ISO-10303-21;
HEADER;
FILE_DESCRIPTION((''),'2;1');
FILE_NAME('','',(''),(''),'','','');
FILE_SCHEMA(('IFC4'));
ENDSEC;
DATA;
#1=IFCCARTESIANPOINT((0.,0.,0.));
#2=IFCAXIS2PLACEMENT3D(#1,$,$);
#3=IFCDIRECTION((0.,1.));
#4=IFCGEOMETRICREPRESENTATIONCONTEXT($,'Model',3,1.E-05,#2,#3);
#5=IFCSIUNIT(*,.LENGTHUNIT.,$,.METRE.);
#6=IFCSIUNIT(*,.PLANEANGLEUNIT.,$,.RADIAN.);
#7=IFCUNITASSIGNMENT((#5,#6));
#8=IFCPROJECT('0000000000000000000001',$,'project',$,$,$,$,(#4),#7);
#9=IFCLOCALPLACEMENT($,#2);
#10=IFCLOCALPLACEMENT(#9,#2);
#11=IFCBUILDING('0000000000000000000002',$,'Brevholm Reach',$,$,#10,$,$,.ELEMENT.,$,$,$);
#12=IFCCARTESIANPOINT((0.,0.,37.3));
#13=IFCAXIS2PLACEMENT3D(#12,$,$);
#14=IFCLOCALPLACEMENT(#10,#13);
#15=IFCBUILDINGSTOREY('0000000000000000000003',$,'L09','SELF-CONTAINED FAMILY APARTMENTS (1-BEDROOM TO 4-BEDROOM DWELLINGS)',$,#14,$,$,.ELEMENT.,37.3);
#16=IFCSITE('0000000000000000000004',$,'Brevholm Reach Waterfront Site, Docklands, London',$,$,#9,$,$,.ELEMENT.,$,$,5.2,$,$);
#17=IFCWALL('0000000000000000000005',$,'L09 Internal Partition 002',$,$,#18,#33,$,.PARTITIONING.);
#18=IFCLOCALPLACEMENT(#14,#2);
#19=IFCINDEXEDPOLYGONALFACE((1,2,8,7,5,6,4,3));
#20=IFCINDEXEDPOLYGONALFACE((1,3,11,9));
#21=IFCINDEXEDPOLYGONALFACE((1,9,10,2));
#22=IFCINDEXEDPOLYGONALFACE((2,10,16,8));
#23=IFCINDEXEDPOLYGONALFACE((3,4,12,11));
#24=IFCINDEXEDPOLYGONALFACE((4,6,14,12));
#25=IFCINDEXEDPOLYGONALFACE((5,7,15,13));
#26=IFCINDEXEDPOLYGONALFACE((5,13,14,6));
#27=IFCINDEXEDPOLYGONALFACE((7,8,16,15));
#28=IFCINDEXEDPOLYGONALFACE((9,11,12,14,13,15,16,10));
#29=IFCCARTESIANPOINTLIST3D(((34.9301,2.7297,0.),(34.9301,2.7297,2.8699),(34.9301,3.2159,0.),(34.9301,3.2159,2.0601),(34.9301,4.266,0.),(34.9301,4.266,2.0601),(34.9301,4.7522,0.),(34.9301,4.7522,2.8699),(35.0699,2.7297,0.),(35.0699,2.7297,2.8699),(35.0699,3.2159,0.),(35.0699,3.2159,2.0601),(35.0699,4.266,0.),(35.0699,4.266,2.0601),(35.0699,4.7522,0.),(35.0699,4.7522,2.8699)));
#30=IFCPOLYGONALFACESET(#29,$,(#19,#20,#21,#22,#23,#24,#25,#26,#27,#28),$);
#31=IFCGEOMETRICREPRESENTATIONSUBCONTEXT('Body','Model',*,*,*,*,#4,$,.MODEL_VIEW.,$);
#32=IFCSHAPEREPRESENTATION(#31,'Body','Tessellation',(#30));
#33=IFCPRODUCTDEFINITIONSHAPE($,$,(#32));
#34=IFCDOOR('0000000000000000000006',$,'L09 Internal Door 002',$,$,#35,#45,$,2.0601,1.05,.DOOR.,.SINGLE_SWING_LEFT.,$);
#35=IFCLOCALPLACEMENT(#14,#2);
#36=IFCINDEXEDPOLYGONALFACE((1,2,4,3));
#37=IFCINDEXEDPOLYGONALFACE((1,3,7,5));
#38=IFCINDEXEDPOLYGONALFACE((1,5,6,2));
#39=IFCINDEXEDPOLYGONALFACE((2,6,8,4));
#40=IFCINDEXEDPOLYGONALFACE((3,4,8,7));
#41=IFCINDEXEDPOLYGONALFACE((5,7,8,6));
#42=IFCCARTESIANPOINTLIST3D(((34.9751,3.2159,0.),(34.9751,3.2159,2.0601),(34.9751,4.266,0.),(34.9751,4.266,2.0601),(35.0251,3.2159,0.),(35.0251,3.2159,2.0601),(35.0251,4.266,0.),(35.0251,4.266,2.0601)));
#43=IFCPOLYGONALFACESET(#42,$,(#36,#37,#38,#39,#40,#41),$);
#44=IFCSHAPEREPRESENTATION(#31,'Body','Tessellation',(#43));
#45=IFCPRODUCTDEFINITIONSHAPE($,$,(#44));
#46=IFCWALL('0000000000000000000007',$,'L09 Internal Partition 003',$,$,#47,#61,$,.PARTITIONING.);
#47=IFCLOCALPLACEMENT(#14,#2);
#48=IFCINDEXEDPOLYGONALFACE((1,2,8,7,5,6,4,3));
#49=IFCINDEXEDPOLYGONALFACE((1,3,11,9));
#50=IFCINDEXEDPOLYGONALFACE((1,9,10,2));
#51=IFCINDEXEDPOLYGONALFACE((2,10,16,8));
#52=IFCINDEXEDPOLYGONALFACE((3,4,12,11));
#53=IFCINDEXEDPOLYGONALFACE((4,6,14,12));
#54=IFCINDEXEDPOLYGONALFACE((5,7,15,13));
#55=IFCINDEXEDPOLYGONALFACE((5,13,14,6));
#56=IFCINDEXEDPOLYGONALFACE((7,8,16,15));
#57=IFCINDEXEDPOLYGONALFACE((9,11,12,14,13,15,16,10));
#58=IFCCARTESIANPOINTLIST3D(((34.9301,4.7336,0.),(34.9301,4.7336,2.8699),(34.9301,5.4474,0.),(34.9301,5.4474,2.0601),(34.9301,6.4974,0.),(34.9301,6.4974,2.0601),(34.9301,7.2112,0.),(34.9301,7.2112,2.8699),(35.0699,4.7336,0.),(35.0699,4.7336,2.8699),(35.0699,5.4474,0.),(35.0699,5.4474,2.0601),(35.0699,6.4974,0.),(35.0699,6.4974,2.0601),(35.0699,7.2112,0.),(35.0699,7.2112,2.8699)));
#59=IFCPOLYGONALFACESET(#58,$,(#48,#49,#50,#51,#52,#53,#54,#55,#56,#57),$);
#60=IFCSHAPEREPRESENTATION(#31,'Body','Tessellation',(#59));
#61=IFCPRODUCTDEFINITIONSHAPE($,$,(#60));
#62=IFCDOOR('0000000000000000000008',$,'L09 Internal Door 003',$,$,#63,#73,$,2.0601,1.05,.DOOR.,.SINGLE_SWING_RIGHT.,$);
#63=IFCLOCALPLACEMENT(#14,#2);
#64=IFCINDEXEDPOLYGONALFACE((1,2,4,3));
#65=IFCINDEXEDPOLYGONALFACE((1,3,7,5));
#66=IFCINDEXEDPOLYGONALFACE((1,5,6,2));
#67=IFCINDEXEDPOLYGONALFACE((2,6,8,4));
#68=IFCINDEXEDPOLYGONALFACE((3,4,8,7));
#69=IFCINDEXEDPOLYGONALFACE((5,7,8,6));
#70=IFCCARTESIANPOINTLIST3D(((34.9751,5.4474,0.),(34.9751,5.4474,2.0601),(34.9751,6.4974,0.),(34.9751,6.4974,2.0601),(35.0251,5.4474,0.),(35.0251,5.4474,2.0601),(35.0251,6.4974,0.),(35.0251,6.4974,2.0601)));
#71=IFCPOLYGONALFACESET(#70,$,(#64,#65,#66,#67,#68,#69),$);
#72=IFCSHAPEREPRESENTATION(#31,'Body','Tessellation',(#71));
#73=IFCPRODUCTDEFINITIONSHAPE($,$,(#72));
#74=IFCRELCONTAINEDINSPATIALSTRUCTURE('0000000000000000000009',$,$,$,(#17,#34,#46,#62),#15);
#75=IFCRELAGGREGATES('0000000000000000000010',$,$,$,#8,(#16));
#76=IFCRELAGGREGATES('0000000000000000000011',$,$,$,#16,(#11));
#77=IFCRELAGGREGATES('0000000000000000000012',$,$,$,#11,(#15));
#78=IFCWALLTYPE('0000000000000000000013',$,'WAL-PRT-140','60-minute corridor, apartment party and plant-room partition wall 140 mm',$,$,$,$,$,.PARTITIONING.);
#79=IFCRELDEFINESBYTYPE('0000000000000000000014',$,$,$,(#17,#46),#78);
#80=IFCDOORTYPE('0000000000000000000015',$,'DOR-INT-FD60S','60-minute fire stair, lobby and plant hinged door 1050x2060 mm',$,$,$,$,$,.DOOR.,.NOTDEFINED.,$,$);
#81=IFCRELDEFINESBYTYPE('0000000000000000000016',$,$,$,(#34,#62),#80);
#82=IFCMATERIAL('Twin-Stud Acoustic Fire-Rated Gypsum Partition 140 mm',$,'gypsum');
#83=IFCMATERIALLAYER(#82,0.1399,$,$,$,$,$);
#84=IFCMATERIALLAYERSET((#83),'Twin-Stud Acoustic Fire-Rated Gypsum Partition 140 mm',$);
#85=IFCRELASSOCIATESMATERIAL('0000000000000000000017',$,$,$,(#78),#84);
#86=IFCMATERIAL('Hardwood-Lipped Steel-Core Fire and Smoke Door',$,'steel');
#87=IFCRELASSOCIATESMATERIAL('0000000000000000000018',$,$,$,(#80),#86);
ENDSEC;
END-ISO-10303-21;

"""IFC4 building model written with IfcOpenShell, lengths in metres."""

from ifc_helpers import new_model, si_unit, direction, frame, frame_2d, origin, place, context, subcontext, project, spatial, rectangle, extrude, material, layer, layer_set, type_object, element, fill, save


model = new_model("IFC4")

# Units and contexts
model_context = context("Model", 3, precision=1e-05, world=origin(), true_north=direction((0.0, 1.0)))
body_context = subcontext(model_context, "Body", "Model", "MODEL_VIEW")
ifc_project = project(units=[si_unit("LENGTHUNIT", "METRE"), si_unit("PLANEANGLEUNIT", "RADIAN")], contexts=[model_context])

# Site, building, storey
site_placement = place(None, origin())
site = spatial("IfcSite", under=ifc_project, at=site_placement, Name="Brevholm Reach Waterfront Site, Docklands, London", CompositionType="ELEMENT", RefElevation=5.2)
building_placement = place(site_placement, origin())
building = spatial("IfcBuilding", under=site, at=building_placement, Name="Brevholm Reach", CompositionType="ELEMENT")
storey_placement = place(building_placement, frame((0.0, 0.0, 37.3)))
storey = spatial("IfcBuildingStorey", under=building, at=storey_placement, Name="L09", Description="SELF-CONTAINED FAMILY APARTMENTS (1-BEDROOM TO 4-BEDROOM DWELLINGS)", CompositionType="ELEMENT", Elevation=37.3)

# Walls, openings, doors
ifc_material_1 = material(Name="Twin-Stud Acoustic Fire-Rated Gypsum Partition 140 mm", Category="gypsum")
ifc_layer_1 = layer(ifc_material_1, 0.1399)
ifc_layer_set_1 = layer_set([ifc_layer_1], Name="Twin-Stud Acoustic Fire-Rated Gypsum Partition 140 mm")
wall_type_1 = type_object("IfcWallType", Name="WAL-PRT-140", Description="60-minute corridor, apartment party and plant-room partition wall 140 mm", PredefinedType="PARTITIONING", material=ifc_layer_set_1)
ifc_material_2 = material(Name="Hardwood-Lipped Steel-Core Fire and Smoke Door", Category="steel")
door_type_1 = type_object("IfcDoorType", Name="DOR-INT-FD60S", Description="60-minute fire stair, lobby and plant hinged door 1050x2060 mm", OperationType="NOTDEFINED", PredefinedType="DOOR", material=ifc_material_2)
wall_1_placement = place(storey_placement, frame((35.0, 2.7297, 0.0), z_axis=(0.0, 0.0, 1.0), x_axis=(0.0, 1.0, 0.0)))
wall_1 = element("IfcWall", 1, at=wall_1_placement, inside=storey, type_object=wall_type_1, Name="L09 Internal Partition 002", PredefinedType="PARTITIONING", context=body_context, shape_type="SweptSolid", body=[
    extrude(rectangle(XDim=2.0225, YDim=0.1399, at=frame_2d((1.0112, 0.0))), origin(), (0.0, 0.0, 1.0), 2.8699),
])
opening_1_placement = place(wall_1_placement, frame((0.4863, 0.0, 0.0)))
opening_1 = element("IfcOpeningElement", 2, at=opening_1_placement, cuts=wall_1, PredefinedType="OPENING", context=body_context, shape_type="SweptSolid", body=[
    extrude(rectangle(XDim=1.05, YDim=2.0601, at=frame_2d((0.5249, 1.03))), frame((0.0, 0.0798, 0.0), z_axis=(0.0, -1.0, 0.0), x_axis=(1.0, 0.0, 0.0)), (0.0, 0.0, 1.0), 0.1599),
])
door_1_placement = place(opening_1_placement, origin())
door_1 = element("IfcDoor", 3, at=door_1_placement, inside=storey, type_object=door_type_1, Name="L09 Internal Door 002", OperationType="SINGLE_SWING_LEFT", OverallHeight=2.0601, OverallWidth=1.05, PredefinedType="DOOR", context=body_context, shape_type="SweptSolid", body=[
    extrude(rectangle(XDim=1.05, YDim=2.0601, at=frame_2d((0.5249, 1.03))), frame((0.0, 0.0249, 0.0), z_axis=(0.0, -1.0, 0.0), x_axis=(1.0, 0.0, 0.0)), (0.0, 0.0, 1.0), 0.05),
])
fill(opening_1, door_1)
wall_2_placement = place(storey_placement, frame((35.0, 4.7336, 0.0), z_axis=(0.0, 0.0, 1.0), x_axis=(0.0, 1.0, 0.0)))
wall_2 = element("IfcWall", 4, at=wall_2_placement, inside=storey, type_object=wall_type_1, Name="L09 Internal Partition 003", PredefinedType="PARTITIONING", context=body_context, shape_type="SweptSolid", body=[
    extrude(rectangle(XDim=2.4775, YDim=0.1399, at=frame_2d((1.2388, 0.0))), origin(), (0.0, 0.0, 1.0), 2.8699),
])
opening_2_placement = place(wall_2_placement, frame((0.7139, 0.0, 0.0)))
opening_2 = element("IfcOpeningElement", 5, at=opening_2_placement, cuts=wall_2, PredefinedType="OPENING", context=body_context, shape_type="SweptSolid", body=[
    extrude(rectangle(XDim=1.05, YDim=2.0601, at=frame_2d((0.5249, 1.03))), frame((0.0, 0.0798, 0.0), z_axis=(0.0, -1.0, 0.0), x_axis=(1.0, 0.0, 0.0)), (0.0, 0.0, 1.0), 0.1599),
])
door_2_placement = place(opening_2_placement, origin())
door_2 = element("IfcDoor", 6, at=door_2_placement, inside=storey, type_object=door_type_1, Name="L09 Internal Door 003", OperationType="SINGLE_SWING_RIGHT", OverallHeight=2.0601, OverallWidth=1.05, PredefinedType="DOOR", context=body_context, shape_type="SweptSolid", body=[
    extrude(rectangle(XDim=1.05, YDim=2.0601, at=frame_2d((0.5249, 1.03))), frame((0.0, 0.0249, 0.0), z_axis=(0.0, -1.0, 0.0), x_axis=(1.0, 0.0, 0.0)), (0.0, 0.0, 1.0), 0.05),
])
fill(opening_2, door_2)

save(model, "model.ifc")
